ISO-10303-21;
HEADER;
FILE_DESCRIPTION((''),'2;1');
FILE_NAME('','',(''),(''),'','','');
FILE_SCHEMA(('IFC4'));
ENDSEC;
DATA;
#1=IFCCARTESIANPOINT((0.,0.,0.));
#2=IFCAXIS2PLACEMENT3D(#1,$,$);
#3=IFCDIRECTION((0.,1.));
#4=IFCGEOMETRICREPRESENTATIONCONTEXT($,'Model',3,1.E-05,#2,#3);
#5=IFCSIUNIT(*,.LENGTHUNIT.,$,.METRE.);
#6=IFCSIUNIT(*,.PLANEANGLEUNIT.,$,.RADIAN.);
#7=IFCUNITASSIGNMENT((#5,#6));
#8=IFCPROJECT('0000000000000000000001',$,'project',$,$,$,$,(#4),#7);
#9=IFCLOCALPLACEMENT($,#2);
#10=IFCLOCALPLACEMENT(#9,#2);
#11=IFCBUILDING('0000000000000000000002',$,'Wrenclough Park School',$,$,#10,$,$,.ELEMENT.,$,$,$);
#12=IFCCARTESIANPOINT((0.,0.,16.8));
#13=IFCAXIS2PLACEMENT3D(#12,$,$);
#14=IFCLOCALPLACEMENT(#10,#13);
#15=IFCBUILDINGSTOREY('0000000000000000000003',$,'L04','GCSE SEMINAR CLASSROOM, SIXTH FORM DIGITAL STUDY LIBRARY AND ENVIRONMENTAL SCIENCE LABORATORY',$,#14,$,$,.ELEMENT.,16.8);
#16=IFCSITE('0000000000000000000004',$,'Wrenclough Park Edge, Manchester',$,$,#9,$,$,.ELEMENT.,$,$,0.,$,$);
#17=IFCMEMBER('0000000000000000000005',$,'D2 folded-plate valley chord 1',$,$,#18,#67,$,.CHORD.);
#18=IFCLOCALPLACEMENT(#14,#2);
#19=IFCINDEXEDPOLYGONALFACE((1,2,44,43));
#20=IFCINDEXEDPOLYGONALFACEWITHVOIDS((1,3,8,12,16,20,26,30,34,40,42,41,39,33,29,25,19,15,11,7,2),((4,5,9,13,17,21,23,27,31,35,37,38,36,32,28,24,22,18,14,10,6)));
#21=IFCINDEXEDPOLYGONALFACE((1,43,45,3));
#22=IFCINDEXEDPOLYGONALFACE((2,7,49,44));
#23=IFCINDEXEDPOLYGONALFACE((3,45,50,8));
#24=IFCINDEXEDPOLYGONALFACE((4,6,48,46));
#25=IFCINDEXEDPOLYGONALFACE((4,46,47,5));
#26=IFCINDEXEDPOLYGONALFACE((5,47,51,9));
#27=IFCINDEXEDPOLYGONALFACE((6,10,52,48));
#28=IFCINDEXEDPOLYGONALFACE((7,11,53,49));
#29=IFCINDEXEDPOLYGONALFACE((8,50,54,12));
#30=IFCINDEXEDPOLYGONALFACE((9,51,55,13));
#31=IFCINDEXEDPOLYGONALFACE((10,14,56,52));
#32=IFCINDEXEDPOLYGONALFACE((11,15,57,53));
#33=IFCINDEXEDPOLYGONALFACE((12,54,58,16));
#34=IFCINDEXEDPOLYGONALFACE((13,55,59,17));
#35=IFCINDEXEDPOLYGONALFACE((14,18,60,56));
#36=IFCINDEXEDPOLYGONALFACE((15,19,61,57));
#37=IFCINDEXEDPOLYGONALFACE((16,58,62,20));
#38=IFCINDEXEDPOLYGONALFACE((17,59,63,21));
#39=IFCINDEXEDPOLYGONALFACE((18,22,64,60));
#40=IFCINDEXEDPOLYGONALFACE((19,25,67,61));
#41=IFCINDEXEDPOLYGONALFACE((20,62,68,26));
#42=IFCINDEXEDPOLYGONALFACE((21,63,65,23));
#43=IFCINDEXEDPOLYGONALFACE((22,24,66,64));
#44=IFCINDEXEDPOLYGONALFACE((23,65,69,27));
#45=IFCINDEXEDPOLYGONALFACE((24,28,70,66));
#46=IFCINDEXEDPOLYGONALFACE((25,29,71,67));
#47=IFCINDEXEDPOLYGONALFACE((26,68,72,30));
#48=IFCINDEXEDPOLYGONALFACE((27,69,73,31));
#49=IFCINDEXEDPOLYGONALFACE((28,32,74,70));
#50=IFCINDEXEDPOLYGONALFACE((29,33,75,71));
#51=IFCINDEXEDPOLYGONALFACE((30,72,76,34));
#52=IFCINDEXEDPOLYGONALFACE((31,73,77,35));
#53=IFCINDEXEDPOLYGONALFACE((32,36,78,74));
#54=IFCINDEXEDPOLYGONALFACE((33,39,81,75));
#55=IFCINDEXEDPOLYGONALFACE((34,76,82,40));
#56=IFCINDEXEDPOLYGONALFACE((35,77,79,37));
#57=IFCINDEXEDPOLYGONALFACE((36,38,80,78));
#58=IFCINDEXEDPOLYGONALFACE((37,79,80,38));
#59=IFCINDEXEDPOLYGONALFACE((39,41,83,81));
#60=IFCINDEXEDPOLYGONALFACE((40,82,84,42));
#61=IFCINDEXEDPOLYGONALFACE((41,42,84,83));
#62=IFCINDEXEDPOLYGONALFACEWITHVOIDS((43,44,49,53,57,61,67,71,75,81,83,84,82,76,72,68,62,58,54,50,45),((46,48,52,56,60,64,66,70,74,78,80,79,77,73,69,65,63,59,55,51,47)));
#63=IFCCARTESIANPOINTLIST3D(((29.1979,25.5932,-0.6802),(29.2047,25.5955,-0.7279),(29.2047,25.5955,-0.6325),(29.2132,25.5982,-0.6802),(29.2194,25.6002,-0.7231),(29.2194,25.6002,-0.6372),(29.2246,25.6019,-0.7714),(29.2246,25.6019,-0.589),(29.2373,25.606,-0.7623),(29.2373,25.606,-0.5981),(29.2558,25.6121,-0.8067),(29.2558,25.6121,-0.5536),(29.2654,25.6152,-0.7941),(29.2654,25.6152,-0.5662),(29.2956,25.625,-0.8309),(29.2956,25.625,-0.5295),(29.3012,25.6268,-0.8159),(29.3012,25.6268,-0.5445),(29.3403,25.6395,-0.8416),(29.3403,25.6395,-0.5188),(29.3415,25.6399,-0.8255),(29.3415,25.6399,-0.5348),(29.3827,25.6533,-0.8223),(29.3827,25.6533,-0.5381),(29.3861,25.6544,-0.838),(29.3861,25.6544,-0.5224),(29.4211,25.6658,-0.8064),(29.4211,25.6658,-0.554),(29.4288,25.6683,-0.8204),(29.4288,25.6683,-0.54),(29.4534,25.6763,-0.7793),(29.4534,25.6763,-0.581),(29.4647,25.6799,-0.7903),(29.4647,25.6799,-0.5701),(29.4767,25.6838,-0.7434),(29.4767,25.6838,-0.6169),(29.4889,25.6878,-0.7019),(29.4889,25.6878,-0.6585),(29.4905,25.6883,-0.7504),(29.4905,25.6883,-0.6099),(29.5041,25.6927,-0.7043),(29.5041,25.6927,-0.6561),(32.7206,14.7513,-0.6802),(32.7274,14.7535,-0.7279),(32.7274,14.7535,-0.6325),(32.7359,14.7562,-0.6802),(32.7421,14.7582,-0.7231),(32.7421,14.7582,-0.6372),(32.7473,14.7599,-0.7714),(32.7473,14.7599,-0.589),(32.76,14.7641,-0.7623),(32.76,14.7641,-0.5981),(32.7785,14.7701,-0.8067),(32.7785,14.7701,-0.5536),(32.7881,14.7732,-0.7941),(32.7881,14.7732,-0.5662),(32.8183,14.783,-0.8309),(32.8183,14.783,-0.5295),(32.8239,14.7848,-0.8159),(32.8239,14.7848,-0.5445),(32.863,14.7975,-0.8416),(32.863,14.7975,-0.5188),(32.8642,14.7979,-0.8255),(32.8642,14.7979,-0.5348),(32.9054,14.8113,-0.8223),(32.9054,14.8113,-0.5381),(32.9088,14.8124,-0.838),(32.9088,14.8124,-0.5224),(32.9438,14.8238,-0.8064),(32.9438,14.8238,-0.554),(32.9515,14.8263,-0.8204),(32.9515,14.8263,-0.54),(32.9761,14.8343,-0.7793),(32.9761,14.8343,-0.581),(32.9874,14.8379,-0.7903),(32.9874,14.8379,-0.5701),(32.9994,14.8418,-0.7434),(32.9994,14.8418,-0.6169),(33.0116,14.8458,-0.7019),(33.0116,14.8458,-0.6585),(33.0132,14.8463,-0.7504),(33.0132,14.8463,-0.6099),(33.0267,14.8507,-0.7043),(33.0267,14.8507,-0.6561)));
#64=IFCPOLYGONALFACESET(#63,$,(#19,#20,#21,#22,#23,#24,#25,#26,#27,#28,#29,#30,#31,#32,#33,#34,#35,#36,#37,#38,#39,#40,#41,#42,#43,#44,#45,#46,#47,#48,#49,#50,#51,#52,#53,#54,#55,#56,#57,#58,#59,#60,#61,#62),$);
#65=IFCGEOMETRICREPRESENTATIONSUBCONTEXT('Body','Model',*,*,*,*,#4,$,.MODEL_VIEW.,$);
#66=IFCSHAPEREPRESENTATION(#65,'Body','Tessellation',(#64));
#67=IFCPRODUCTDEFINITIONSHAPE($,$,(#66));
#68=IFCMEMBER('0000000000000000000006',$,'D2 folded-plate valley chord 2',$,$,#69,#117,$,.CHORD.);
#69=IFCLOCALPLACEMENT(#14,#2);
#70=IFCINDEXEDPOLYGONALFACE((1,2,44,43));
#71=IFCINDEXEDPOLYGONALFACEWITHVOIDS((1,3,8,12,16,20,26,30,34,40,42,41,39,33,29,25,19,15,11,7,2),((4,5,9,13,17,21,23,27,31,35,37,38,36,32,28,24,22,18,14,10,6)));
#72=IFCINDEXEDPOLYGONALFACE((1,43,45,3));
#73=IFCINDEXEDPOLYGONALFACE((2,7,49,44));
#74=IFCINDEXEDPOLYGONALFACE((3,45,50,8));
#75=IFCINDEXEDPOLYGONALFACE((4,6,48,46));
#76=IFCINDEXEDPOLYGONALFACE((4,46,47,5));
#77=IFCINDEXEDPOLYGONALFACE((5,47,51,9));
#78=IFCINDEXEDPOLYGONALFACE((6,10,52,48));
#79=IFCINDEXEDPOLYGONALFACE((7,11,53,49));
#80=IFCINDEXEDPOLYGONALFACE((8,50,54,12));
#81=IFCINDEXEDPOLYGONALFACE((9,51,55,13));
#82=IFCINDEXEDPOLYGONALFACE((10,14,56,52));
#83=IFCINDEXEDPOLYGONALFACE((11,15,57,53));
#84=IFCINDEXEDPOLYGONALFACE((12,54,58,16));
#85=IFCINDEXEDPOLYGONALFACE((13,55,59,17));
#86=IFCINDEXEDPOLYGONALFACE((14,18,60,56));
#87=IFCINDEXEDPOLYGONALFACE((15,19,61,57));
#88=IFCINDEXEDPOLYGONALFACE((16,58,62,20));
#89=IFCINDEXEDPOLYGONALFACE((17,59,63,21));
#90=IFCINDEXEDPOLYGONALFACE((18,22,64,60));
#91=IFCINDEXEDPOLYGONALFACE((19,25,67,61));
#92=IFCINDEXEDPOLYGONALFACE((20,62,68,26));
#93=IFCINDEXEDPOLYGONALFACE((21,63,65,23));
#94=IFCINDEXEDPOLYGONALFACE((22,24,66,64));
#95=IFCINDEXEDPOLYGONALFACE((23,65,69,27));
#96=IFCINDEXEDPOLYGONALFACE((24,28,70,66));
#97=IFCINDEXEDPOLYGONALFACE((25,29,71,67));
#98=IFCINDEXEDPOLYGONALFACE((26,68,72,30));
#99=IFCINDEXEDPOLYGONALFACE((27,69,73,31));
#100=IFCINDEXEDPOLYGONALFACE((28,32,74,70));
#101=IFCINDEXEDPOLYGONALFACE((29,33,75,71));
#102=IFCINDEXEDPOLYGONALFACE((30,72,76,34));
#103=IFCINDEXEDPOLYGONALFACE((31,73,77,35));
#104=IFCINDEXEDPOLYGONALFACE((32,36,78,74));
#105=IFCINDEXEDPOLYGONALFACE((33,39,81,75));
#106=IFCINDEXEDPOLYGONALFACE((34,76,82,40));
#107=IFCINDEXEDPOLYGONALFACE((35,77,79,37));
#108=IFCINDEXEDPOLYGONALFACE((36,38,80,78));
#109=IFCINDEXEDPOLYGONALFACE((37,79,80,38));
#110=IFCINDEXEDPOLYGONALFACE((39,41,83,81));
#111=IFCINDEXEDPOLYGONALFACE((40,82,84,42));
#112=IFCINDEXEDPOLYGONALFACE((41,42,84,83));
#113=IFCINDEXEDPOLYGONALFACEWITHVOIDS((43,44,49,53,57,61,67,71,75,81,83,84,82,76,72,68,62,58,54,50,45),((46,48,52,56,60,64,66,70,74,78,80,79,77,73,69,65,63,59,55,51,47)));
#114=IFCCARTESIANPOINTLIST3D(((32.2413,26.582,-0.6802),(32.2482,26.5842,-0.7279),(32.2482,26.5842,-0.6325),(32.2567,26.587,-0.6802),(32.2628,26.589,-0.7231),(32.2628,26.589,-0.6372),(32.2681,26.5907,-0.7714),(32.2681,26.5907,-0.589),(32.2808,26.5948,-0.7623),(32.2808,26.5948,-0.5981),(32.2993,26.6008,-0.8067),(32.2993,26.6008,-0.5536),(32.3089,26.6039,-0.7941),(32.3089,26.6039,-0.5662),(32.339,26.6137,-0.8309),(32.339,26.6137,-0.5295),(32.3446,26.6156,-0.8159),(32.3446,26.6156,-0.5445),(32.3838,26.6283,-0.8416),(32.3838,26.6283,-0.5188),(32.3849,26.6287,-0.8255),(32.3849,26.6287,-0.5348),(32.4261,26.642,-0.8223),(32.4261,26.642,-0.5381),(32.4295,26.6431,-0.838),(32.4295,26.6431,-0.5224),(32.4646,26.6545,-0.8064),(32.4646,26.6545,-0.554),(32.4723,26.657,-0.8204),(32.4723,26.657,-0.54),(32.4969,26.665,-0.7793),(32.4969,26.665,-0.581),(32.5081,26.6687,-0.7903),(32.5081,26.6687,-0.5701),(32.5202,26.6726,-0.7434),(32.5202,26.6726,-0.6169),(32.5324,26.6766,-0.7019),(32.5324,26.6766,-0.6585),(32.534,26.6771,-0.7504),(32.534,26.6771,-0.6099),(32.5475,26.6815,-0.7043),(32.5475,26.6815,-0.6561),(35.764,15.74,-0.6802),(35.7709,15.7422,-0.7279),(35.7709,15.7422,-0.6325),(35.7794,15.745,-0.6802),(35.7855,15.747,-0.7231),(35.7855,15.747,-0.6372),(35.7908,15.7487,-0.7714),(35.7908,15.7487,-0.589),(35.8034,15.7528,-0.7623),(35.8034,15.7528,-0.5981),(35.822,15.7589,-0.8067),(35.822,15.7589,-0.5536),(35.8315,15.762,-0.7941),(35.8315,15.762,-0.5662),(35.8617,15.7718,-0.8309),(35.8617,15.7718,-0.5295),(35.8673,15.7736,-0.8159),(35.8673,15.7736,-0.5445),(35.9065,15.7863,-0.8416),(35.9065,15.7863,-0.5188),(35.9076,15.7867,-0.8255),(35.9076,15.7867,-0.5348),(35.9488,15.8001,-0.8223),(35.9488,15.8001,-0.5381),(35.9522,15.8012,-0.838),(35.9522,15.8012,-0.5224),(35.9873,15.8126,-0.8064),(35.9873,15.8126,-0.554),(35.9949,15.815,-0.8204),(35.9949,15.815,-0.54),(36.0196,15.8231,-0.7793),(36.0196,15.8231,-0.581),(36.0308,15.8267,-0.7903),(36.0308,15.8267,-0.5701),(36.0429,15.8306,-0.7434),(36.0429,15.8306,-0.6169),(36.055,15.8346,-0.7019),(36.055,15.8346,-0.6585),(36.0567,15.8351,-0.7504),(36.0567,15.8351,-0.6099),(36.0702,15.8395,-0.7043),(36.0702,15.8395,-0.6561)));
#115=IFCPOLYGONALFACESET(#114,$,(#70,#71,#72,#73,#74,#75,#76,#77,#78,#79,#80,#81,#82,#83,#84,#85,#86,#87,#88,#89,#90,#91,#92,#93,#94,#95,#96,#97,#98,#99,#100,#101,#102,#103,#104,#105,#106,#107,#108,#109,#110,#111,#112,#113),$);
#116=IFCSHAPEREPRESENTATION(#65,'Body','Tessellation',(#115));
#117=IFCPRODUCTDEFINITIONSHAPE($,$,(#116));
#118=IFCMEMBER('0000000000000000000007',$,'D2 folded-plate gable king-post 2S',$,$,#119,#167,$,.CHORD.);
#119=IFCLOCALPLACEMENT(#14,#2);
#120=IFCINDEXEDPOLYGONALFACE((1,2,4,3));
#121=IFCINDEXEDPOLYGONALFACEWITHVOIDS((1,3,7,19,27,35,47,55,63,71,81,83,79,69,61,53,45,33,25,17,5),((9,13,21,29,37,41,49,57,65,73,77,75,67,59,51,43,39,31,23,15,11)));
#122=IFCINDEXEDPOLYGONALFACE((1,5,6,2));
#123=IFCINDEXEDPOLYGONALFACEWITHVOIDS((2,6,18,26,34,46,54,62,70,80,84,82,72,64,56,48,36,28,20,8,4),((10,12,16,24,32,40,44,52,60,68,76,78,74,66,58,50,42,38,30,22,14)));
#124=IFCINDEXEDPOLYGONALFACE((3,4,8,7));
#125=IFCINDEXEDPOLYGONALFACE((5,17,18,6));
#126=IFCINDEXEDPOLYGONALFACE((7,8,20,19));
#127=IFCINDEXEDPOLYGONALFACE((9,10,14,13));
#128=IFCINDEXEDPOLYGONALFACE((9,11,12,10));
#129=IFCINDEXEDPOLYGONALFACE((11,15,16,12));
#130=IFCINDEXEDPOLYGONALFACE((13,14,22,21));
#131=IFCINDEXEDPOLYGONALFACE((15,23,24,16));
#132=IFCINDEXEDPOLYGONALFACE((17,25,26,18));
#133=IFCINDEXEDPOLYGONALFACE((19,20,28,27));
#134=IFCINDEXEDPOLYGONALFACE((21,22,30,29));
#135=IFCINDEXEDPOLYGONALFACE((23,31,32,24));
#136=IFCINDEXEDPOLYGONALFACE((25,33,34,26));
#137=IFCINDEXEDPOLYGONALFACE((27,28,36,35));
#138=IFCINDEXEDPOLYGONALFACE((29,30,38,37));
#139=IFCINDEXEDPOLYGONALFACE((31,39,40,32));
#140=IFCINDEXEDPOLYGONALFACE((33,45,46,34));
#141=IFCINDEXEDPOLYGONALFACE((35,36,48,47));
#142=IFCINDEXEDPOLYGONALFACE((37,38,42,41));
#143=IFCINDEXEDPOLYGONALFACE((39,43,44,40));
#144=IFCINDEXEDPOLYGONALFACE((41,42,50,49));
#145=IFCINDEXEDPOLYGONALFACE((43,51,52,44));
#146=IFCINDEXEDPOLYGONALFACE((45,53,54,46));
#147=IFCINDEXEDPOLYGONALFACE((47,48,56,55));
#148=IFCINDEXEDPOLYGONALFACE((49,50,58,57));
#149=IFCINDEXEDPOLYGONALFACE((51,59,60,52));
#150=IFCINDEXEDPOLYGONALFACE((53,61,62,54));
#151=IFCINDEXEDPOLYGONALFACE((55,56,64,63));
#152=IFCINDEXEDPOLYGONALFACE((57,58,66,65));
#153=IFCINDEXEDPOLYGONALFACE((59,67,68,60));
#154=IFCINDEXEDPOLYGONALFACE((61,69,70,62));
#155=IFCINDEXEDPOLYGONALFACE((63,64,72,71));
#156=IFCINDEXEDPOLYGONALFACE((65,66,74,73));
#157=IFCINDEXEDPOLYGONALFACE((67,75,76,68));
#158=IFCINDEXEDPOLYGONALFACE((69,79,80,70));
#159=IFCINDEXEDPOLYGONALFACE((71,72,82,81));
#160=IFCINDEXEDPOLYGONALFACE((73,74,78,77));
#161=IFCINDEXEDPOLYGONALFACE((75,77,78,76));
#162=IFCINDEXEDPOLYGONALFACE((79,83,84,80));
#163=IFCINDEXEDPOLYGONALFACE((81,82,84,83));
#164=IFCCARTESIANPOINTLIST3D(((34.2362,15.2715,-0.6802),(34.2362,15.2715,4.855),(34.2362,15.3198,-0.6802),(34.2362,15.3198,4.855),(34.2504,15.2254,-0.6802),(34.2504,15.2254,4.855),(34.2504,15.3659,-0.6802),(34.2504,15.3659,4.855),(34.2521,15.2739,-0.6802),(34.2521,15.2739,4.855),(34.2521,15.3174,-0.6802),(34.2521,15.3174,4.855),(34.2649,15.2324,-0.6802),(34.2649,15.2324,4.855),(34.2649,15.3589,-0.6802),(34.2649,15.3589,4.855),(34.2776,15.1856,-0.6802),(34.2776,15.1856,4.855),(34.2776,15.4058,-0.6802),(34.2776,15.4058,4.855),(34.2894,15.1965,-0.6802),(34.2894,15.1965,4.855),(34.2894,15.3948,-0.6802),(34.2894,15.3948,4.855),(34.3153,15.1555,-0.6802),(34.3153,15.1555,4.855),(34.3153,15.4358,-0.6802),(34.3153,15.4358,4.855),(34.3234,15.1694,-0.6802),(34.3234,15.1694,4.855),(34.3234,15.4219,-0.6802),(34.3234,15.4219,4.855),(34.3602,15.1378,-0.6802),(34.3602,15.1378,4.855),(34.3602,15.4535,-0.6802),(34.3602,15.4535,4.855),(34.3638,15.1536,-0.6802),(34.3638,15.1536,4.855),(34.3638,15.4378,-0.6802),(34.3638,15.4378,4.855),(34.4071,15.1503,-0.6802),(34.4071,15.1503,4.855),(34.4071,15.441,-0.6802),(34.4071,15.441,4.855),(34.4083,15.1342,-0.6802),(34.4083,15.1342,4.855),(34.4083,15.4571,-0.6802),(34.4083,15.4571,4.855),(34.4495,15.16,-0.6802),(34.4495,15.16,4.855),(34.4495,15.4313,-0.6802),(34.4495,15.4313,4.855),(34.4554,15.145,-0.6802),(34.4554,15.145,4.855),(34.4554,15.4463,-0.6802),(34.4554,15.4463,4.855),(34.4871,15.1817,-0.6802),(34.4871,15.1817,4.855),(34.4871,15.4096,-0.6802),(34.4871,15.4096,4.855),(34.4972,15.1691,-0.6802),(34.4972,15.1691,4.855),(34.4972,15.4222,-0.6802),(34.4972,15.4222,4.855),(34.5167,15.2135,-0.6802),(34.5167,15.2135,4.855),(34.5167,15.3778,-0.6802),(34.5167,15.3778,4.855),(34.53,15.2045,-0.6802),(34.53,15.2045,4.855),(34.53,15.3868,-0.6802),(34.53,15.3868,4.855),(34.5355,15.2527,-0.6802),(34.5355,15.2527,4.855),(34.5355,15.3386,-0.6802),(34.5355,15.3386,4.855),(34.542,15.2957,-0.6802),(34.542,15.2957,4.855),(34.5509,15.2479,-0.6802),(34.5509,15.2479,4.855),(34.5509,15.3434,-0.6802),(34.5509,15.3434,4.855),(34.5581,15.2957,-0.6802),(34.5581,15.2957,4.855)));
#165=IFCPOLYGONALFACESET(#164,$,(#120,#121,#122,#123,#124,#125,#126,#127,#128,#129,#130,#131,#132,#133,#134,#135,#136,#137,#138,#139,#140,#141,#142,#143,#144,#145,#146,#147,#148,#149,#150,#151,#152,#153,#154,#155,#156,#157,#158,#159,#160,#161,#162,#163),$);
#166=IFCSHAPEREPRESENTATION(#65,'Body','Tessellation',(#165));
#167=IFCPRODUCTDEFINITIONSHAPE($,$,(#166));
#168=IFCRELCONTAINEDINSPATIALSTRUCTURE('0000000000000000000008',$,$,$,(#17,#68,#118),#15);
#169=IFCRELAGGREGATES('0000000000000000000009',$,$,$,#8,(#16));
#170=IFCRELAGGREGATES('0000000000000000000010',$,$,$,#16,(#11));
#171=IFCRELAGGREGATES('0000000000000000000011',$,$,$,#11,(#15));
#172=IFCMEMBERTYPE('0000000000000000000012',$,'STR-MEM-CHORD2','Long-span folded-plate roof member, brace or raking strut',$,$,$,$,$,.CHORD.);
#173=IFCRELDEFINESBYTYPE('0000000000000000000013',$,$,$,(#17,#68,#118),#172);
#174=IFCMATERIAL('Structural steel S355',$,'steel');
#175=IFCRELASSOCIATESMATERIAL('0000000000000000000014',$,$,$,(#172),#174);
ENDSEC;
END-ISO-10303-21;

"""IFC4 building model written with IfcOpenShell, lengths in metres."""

from ifc_helpers import new_model, si_unit, direction, frame, origin, origin_2d, place, context, subcontext, project, spatial, hollow_circle, extrude, material, material_profile, profile_set, type_object, element, save


model = new_model("IFC4")

# Units and contexts
model_context = context("Model", 3, precision=1e-05, world=origin(), true_north=direction((0.0, 1.0)))
body_context = subcontext(model_context, "Body", "Model", "MODEL_VIEW")
ifc_project = project(units=[si_unit("LENGTHUNIT", "METRE"), si_unit("PLANEANGLEUNIT", "RADIAN")], contexts=[model_context])

# Site, building, storey
site_placement = place(None, origin())
site = spatial("IfcSite", under=ifc_project, at=site_placement, Name="Wrenclough Park Edge, Manchester", CompositionType="ELEMENT", RefElevation=0.0)
building_placement = place(site_placement, origin())
building = spatial("IfcBuilding", under=site, at=building_placement, Name="Wrenclough Park School", CompositionType="ELEMENT")
storey_placement = place(building_placement, frame((0.0, 0.0, 16.8)))
storey = spatial("IfcBuildingStorey", under=building, at=storey_placement, Name="L04", Description="GCSE SEMINAR CLASSROOM, SIXTH FORM DIGITAL STUDY LIBRARY AND ENVIRONMENTAL SCIENCE LABORATORY", CompositionType="ELEMENT", Elevation=16.8)

# Shared definitions
ifc_material_1 = material(Name="Structural steel S355", Category="steel")

# Members
ifc_material_profile_1 = material_profile(ifc_material_1, hollow_circle(Radius=0.1619, WallThickness=0.0161, at=origin_2d()), Name="CHS 323.9x16.0")
ifc_profile_set_1 = profile_set([ifc_material_profile_1], Name="Structural steel S355")
member_type_1 = type_object("IfcMemberType", Name="STR-MEM-CHORD2", Description="Long-span folded-plate roof member, brace or raking strut", PredefinedType="CHORD", material=ifc_profile_set_1)
for number, where, z_axis, x_axis, name in (
    (1, (32.8745, 14.8013, -0.6802), (-0.30901, 0.951059, 0.0), (-0.951059, -0.30901, 0.0), "D2 folded-plate valley chord 1"),
    (2, (35.918, 15.79, -0.6802), (-0.30901, 0.951059, 0.0), (-0.951059, -0.30901, 0.0), "D2 folded-plate valley chord 2"),
):
    element("IfcMember", number, at=place(storey_placement, frame(where, z_axis=z_axis, x_axis=x_axis)), inside=storey, type_object=member_type_1, Name=name, PredefinedType="CHORD", context=body_context, shape_type="SweptSolid", body=[
        extrude(hollow_circle(Radius=0.1619, WallThickness=0.0161, at=origin_2d()), origin(), (0.0, 0.0, 1.0), 11.3999),
    ])
member_1_placement = place(storey_placement, frame((34.3962, 15.2957, -0.6802), z_axis=(0.0, 0.0, 1.0), x_axis=(1.0, 0.0, 0.0)))
element("IfcMember", 3, at=member_1_placement, inside=storey, type_object=member_type_1, Name="D2 folded-plate gable king-post 2S", PredefinedType="CHORD", context=body_context, shape_type="SweptSolid", body=[
    extrude(hollow_circle(Radius=0.1619, WallThickness=0.0161, at=origin_2d()), origin(), (0.0, 0.0, 1.0), 5.5352),
])

save(model, "model.ifc")
